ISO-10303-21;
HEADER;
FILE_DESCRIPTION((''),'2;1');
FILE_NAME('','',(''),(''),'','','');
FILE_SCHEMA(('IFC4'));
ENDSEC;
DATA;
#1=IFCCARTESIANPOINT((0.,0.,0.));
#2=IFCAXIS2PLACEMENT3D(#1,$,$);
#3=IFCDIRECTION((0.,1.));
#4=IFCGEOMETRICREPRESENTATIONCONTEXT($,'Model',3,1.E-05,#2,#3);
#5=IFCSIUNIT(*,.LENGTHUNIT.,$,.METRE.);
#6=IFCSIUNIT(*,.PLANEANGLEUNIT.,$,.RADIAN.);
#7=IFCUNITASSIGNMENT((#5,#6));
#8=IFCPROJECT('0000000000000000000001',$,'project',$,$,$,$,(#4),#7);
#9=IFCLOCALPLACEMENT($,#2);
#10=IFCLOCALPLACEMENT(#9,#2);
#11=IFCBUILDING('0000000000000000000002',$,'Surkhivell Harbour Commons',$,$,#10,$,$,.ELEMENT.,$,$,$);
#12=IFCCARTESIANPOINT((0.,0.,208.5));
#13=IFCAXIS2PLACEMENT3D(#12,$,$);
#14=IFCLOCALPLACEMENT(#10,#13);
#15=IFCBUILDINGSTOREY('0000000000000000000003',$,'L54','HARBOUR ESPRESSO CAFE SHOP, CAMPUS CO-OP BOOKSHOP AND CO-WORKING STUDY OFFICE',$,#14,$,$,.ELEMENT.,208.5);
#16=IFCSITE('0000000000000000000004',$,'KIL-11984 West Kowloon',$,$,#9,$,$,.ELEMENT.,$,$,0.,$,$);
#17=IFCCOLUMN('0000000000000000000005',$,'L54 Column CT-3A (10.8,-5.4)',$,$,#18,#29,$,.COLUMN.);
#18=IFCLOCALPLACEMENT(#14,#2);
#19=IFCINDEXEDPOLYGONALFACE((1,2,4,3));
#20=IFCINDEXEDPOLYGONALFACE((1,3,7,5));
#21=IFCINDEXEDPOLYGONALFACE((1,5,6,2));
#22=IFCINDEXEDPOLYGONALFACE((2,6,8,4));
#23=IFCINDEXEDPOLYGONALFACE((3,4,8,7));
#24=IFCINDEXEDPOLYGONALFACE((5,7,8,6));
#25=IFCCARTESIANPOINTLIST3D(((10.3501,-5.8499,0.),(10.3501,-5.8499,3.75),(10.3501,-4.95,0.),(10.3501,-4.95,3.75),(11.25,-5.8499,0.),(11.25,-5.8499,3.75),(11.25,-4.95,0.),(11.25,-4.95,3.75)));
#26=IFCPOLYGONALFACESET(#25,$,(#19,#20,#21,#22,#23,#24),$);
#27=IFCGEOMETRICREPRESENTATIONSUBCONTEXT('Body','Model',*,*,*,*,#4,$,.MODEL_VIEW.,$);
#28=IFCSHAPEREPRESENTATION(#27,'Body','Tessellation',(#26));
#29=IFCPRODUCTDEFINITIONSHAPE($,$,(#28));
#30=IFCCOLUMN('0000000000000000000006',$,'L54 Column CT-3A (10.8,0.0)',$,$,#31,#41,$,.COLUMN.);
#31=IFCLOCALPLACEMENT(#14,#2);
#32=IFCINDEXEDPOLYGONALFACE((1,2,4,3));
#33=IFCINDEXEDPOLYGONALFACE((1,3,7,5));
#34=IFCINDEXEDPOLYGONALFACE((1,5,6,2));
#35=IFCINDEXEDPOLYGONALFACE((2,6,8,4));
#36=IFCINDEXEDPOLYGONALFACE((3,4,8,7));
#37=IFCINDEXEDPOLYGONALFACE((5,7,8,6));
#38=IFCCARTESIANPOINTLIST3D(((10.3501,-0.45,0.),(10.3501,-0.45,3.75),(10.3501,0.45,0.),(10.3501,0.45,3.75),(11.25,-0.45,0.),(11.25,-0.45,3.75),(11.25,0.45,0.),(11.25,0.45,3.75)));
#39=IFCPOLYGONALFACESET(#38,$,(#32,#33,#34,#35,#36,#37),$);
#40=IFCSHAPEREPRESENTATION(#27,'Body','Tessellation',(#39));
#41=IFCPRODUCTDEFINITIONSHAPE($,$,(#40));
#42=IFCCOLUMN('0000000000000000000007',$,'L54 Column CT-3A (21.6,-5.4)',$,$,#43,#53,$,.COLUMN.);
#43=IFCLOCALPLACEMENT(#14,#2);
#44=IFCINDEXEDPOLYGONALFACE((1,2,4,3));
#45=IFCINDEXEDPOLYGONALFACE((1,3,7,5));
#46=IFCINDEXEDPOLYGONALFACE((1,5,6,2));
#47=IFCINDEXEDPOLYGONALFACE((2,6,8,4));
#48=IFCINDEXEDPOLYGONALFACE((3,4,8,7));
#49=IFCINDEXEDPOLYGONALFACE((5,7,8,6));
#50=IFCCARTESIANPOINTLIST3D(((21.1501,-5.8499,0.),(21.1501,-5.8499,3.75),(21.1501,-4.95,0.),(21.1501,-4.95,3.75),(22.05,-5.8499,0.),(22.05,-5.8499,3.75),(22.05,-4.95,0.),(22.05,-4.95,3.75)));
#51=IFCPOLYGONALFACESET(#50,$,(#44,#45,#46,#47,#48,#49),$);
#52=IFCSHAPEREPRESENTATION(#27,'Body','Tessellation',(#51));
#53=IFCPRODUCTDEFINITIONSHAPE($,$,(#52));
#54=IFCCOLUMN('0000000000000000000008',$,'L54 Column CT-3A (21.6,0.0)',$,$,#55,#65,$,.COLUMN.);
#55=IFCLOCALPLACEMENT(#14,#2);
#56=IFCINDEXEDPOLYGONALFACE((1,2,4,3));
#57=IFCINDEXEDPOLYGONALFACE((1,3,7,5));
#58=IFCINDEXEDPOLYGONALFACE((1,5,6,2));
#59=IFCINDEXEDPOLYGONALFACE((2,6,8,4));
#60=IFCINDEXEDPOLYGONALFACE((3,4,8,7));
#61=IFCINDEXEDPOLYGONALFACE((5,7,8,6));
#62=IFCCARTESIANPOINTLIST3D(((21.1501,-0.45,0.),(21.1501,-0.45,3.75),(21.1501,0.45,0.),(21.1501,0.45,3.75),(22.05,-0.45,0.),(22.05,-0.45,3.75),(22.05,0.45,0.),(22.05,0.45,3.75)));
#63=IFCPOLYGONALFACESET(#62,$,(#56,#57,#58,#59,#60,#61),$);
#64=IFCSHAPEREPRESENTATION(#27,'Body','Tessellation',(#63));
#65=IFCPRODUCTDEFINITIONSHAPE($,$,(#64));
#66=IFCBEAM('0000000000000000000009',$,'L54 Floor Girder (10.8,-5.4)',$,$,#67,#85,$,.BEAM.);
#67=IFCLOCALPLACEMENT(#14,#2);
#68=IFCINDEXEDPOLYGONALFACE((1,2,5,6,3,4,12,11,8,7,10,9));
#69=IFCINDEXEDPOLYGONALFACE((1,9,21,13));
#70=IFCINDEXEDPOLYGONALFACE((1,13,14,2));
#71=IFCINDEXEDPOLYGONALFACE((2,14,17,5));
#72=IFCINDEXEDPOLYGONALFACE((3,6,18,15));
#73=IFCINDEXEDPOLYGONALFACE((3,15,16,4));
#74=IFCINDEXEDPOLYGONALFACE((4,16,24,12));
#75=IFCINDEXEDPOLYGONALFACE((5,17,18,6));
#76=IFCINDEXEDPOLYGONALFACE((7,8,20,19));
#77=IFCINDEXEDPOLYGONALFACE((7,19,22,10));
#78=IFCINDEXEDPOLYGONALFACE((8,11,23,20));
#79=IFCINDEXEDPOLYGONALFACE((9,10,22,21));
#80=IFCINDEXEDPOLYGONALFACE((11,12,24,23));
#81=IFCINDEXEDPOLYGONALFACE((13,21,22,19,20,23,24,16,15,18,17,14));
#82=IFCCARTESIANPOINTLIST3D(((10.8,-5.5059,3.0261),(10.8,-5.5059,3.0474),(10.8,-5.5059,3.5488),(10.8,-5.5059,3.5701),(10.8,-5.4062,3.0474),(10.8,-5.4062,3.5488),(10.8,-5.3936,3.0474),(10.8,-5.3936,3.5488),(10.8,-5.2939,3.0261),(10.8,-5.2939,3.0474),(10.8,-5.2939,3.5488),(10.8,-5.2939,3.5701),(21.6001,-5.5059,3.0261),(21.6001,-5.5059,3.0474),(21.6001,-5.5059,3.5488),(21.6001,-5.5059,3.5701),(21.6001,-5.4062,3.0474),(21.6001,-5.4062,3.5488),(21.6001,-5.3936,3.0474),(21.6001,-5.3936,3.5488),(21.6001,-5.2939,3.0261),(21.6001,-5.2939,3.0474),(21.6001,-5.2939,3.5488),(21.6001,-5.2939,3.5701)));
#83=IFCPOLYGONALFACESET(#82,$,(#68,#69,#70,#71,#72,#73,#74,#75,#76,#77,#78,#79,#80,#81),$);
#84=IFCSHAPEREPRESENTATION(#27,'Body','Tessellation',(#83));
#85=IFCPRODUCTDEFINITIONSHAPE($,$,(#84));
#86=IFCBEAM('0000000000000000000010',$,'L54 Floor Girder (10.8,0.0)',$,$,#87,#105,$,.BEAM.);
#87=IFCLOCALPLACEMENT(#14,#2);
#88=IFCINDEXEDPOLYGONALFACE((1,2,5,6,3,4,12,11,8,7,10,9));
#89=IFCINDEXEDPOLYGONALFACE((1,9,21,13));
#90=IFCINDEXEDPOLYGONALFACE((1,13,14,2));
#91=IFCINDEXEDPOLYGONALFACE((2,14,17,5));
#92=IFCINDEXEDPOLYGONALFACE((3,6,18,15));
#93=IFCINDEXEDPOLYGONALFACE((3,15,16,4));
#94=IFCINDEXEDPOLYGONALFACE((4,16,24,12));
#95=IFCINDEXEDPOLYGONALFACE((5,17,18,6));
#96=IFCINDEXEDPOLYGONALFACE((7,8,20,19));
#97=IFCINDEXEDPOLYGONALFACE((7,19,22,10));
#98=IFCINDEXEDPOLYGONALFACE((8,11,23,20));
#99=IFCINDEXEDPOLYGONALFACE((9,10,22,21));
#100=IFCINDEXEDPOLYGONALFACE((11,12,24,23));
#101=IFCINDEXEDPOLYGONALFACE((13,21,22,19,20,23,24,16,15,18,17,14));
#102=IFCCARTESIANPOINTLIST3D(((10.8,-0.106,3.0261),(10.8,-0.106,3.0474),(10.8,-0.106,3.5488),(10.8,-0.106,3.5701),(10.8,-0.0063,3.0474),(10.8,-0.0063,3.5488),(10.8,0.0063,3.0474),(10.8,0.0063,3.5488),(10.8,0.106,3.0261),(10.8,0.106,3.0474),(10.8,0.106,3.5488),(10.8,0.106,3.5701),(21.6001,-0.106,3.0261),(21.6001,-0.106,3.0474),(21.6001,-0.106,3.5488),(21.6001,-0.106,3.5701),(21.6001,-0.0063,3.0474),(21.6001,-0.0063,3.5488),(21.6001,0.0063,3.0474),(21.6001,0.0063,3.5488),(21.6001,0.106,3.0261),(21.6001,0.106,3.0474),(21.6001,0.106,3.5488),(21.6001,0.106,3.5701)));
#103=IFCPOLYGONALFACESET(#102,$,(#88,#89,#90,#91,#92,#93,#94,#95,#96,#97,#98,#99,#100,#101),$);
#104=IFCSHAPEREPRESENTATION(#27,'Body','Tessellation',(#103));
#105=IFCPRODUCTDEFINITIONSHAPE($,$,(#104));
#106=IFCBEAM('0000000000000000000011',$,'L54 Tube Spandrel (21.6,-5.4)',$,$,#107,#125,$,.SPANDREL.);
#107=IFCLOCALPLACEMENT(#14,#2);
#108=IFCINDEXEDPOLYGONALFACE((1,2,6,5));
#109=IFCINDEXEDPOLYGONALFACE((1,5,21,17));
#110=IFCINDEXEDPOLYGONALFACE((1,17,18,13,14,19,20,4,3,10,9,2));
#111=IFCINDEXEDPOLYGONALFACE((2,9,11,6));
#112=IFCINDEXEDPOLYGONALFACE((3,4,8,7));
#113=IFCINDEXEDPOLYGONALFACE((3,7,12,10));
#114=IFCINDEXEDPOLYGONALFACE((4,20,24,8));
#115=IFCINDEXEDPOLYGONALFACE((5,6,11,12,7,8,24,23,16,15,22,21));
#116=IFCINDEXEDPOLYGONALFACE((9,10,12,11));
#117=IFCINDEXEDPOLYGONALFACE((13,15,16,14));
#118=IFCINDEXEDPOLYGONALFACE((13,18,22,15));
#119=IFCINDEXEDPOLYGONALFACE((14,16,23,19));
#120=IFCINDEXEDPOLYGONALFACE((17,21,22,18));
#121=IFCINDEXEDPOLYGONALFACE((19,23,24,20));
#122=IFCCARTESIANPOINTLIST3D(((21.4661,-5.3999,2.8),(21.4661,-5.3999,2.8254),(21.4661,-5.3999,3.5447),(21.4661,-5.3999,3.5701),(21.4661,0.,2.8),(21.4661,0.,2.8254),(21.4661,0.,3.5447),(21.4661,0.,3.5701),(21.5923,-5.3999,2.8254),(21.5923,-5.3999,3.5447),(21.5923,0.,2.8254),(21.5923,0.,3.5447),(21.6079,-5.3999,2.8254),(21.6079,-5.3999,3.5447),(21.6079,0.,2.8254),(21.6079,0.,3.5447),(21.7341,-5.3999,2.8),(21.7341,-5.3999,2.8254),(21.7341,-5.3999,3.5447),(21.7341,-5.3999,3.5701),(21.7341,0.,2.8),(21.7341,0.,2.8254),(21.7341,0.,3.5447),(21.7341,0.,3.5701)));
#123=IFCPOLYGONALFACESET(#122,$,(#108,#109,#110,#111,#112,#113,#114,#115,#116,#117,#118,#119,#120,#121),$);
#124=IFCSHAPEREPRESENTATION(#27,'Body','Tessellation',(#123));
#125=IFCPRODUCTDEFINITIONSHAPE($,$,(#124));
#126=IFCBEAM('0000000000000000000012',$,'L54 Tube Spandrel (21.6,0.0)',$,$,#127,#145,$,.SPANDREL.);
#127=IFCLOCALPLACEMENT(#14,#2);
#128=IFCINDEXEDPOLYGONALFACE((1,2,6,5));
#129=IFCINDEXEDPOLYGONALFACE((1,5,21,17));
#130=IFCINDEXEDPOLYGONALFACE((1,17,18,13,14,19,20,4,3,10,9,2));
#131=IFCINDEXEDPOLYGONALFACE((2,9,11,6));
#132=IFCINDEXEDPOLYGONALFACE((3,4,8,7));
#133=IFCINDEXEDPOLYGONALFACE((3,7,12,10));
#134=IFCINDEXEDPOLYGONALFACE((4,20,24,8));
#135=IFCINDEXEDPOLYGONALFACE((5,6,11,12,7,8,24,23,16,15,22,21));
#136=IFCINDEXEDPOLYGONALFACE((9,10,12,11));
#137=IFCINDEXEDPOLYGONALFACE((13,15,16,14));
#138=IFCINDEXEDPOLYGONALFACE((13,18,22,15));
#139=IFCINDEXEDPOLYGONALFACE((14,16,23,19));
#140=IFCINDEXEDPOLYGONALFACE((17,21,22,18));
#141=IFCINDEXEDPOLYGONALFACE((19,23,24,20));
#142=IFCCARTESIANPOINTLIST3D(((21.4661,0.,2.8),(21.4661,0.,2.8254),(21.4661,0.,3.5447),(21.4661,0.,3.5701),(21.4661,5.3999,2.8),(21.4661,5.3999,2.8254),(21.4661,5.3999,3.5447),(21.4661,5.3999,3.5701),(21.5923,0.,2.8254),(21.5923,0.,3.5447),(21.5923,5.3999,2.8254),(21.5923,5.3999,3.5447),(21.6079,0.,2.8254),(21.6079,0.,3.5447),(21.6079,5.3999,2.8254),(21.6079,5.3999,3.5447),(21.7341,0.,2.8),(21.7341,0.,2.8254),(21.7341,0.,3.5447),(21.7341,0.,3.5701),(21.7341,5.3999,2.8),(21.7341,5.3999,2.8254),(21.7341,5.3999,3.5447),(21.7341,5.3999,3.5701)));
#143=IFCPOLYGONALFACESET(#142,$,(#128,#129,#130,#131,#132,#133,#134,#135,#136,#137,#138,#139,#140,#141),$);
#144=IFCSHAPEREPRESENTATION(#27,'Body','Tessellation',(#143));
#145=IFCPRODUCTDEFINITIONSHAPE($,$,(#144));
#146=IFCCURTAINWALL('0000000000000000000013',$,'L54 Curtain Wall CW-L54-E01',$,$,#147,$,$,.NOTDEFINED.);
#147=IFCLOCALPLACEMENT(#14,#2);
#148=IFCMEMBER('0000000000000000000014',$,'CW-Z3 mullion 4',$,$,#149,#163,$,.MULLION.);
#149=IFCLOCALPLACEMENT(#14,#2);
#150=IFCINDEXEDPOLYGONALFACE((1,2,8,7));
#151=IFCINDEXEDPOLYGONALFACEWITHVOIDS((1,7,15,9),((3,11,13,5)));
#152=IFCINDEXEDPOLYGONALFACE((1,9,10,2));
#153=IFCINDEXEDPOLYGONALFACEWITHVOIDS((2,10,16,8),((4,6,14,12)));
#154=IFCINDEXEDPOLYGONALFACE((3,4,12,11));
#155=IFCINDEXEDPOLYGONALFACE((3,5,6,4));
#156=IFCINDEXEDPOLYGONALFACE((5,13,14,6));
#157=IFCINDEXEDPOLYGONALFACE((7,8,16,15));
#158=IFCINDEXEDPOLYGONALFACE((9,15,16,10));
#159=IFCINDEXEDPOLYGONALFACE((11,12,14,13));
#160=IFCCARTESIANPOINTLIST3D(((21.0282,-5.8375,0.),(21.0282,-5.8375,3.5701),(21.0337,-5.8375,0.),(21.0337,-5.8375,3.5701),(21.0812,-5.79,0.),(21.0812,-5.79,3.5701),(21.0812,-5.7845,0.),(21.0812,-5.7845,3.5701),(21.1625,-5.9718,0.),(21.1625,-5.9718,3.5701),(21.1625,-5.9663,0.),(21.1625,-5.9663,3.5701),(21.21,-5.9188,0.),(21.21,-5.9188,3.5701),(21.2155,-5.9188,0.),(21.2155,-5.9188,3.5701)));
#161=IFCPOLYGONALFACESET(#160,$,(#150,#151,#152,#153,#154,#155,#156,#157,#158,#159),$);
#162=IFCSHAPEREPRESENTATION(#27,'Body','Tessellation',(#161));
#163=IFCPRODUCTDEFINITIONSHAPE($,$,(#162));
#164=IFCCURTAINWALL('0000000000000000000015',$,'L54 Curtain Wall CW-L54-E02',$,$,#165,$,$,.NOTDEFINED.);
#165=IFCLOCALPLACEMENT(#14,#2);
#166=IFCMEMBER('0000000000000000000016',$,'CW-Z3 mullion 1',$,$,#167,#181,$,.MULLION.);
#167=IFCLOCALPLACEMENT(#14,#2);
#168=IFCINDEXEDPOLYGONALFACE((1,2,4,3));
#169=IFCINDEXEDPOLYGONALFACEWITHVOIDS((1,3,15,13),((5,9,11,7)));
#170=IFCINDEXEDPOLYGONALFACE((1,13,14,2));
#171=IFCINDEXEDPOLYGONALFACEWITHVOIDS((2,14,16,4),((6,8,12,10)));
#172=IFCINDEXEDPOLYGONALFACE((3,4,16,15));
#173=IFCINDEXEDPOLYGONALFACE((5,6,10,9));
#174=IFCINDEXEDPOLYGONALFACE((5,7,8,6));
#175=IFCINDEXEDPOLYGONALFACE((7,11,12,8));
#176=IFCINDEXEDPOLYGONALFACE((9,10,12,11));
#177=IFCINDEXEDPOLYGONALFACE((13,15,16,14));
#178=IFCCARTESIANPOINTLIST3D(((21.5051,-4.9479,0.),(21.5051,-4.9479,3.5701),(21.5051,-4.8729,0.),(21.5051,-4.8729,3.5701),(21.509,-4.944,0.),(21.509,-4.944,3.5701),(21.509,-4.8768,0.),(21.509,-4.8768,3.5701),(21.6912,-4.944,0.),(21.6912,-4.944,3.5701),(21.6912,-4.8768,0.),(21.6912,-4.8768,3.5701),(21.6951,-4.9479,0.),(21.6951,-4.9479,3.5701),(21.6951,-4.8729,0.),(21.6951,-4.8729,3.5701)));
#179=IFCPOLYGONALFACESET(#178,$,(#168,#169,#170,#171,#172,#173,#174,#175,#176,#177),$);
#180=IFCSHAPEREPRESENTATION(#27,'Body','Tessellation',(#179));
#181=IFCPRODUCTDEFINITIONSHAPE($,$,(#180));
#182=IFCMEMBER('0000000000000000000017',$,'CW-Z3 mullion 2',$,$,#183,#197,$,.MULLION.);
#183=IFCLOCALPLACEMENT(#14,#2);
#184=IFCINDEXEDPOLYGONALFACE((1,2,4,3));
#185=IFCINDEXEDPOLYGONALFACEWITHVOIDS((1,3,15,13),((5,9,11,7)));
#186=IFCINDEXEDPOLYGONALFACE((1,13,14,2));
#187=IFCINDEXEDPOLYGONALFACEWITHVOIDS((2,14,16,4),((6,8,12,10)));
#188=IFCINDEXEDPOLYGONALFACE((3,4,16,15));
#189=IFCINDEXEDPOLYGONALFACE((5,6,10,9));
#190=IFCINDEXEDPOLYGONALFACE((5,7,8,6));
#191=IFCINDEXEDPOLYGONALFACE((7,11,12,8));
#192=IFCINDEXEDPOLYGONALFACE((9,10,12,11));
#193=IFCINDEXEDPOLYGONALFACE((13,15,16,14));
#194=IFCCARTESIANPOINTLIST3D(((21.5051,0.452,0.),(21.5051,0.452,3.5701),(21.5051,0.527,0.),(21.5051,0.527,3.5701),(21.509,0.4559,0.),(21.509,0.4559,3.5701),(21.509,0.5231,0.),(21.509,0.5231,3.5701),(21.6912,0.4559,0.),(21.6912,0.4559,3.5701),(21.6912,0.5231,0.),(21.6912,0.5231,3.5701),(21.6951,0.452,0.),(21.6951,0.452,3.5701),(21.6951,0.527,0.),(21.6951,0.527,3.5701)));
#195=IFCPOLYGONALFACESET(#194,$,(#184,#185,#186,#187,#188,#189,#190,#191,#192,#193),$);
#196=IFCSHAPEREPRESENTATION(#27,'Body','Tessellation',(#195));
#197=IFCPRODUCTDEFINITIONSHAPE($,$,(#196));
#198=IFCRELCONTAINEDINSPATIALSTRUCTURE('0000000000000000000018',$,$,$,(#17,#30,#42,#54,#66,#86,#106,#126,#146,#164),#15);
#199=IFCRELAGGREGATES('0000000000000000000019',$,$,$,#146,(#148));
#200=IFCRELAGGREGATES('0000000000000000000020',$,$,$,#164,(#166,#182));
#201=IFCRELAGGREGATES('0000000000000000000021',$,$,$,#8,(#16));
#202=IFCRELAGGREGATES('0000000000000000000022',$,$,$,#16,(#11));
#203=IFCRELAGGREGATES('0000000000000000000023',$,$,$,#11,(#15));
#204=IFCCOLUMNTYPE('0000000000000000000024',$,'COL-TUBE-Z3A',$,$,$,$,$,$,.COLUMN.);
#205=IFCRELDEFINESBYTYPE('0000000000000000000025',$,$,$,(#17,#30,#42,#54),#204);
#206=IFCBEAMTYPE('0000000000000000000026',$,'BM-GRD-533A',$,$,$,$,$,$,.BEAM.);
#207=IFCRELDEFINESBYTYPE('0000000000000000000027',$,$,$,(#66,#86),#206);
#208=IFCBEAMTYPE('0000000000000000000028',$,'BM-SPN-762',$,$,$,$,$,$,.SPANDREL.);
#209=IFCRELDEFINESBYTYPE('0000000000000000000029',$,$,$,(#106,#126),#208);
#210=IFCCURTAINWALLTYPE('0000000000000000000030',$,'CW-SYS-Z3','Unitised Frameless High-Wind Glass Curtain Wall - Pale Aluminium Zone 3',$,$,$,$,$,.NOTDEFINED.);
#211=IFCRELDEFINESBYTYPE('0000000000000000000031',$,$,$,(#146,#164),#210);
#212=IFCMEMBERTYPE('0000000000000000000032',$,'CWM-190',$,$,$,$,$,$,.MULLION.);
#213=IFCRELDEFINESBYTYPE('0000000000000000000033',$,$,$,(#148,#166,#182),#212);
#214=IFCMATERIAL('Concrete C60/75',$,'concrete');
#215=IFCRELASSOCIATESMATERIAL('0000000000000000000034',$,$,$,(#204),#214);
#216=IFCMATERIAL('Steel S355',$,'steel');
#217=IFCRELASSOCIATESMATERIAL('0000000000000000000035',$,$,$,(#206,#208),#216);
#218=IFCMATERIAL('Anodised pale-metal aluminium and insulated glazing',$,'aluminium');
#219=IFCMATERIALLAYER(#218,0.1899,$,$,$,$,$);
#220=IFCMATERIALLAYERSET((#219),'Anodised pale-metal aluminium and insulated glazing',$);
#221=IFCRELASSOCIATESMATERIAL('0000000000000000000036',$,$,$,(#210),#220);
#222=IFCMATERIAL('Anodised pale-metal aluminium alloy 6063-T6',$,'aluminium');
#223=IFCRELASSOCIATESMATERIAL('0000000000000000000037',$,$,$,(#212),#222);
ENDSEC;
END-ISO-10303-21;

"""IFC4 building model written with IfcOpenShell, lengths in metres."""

from ifc_helpers import new_model, si_unit, direction, frame, origin, origin_2d, place, context, subcontext, project, spatial, rectangle, hollow_rectangle, i_section, extrude, material, layer, layer_set, material_profile, profile_set, type_object, element, aggregate, save


model = new_model("IFC4")

# Units and contexts
model_context = context("Model", 3, precision=1e-05, world=origin(), true_north=direction((0.0, 1.0)))
body_context = subcontext(model_context, "Body", "Model", "MODEL_VIEW")
ifc_project = project(units=[si_unit("LENGTHUNIT", "METRE"), si_unit("PLANEANGLEUNIT", "RADIAN")], contexts=[model_context])

# Site, building, storey
site_placement = place(None, origin())
site = spatial("IfcSite", under=ifc_project, at=site_placement, Name="KIL-11984 West Kowloon", CompositionType="ELEMENT", RefElevation=0.0)
building_placement = place(site_placement, origin())
building = spatial("IfcBuilding", under=site, at=building_placement, Name="Surkhivell Harbour Commons", CompositionType="ELEMENT")
storey_placement = place(building_placement, frame((0.0, 0.0, 208.5)))
storey = spatial("IfcBuildingStorey", under=building, at=storey_placement, Name="L54", Description="HARBOUR ESPRESSO CAFE SHOP, CAMPUS CO-OP BOOKSHOP AND CO-WORKING STUDY OFFICE", CompositionType="ELEMENT", Elevation=208.5)

# Columns
ifc_material_1 = material(Name="Concrete C60/75", Category="concrete")
ifc_material_profile_1 = material_profile(ifc_material_1, rectangle(XDim=0.8999, YDim=0.8999, at=origin_2d()), Name="RC-COL-900x900")
ifc_profile_set_1 = profile_set([ifc_material_profile_1], Name="Concrete C60/75")
column_type = type_object("IfcColumnType", Name="COL-TUBE-Z3A", PredefinedType="COLUMN", material=ifc_profile_set_1)
for number, where, z_axis, x_axis, name in (
    (1, (10.8, -5.3999, 0.0), (0.0, 0.0, 1.0), (1.0, 0.0, 0.0), "L54 Column CT-3A (10.8,-5.4)"),
    (2, (10.8, 0.0, 0.0), (0.0, 0.0, 1.0), (1.0, 0.0, 0.0), "L54 Column CT-3A (10.8,0.0)"),
    (3, (21.6001, -5.3999, 0.0), (0.0, 0.0, 1.0), (1.0, 0.0, 0.0), "L54 Column CT-3A (21.6,-5.4)"),
    (4, (21.6001, 0.0, 0.0), (0.0, 0.0, 1.0), (1.0, 0.0, 0.0), "L54 Column CT-3A (21.6,0.0)"),
):
    element("IfcColumn", number, at=place(storey_placement, frame(where, z_axis=z_axis, x_axis=x_axis)), inside=storey, type_object=column_type, Name=name, PredefinedType="COLUMN", context=body_context, shape_type="SweptSolid", body=[
        extrude(rectangle(XDim=0.8999, YDim=0.8999, at=origin_2d()), origin(), (0.0, 0.0, 1.0), 3.75),
    ])

# Beams
ifc_material_2 = material(Name="Steel S355", Category="steel")
ifc_material_profile_2 = material_profile(ifc_material_2, i_section(OverallWidth=0.2119, OverallDepth=0.5439, WebThickness=0.0127, FlangeThickness=0.0212, at=origin_2d()), Name="UB533x210x122")
ifc_profile_set_2 = profile_set([ifc_material_profile_2], Name="Steel S355")
beam_type_1 = type_object("IfcBeamType", Name="BM-GRD-533A", PredefinedType="BEAM", material=ifc_profile_set_2)
for number, where, z_axis, x_axis, name in (
    (5, (10.8, -5.3999, 3.2981), (1.0, 0.0, 0.0), (0.0, 1.0, 0.0), "L54 Floor Girder (10.8,-5.4)"),
    (6, (10.8, 0.0, 3.2981), (1.0, 0.0, 0.0), (0.0, 1.0, 0.0), "L54 Floor Girder (10.8,0.0)"),
):
    element("IfcBeam", number, at=place(storey_placement, frame(where, z_axis=z_axis, x_axis=x_axis)), inside=storey, type_object=beam_type_1, Name=name, PredefinedType="BEAM", context=body_context, shape_type="SweptSolid", body=[
        extrude(i_section(OverallWidth=0.2119, OverallDepth=0.5439, WebThickness=0.0127, FlangeThickness=0.0212, at=origin_2d()), origin(), (0.0, 0.0, 1.0), 10.8),
    ])
ifc_material_profile_3 = material_profile(ifc_material_2, i_section(OverallWidth=0.2681, OverallDepth=0.77, WebThickness=0.0156, FlangeThickness=0.0254, at=origin_2d()), Name="UB762x267x197")
ifc_profile_set_3 = profile_set([ifc_material_profile_3], Name="Steel S355")
beam_type_2 = type_object("IfcBeamType", Name="BM-SPN-762", PredefinedType="SPANDREL", material=ifc_profile_set_3)
for number, where, z_axis, x_axis, name in (
    (7, (21.6001, -5.3999, 3.1851), (0.0, 1.0, 0.0), (-1.0, 0.0, 0.0), "L54 Tube Spandrel (21.6,-5.4)"),
    (8, (21.6001, 0.0, 3.1851), (0.0, 1.0, 0.0), (-1.0, 0.0, 0.0), "L54 Tube Spandrel (21.6,0.0)"),
):
    element("IfcBeam", number, at=place(storey_placement, frame(where, z_axis=z_axis, x_axis=x_axis)), inside=storey, type_object=beam_type_2, Name=name, PredefinedType="SPANDREL", context=body_context, shape_type="SweptSolid", body=[
        extrude(i_section(OverallWidth=0.2681, OverallDepth=0.77, WebThickness=0.0156, FlangeThickness=0.0254, at=origin_2d()), origin(), (0.0, 0.0, 1.0), 5.3999),
    ])

# Curtain wall, member
ifc_material_3 = material(Name="Anodised pale-metal aluminium and insulated glazing", Category="aluminium")
ifc_layer_1 = layer(ifc_material_3, 0.1899)
ifc_layer_set_1 = layer_set([ifc_layer_1], Name="Anodised pale-metal aluminium and insulated glazing")
curtain_wall_type = type_object("IfcCurtainWallType", Name="CW-SYS-Z3", Description="Unitised Frameless High-Wind Glass Curtain Wall - Pale Aluminium Zone 3", PredefinedType="NOTDEFINED", material=ifc_layer_set_1)
curtain_wall_1_placement = place(storey_placement, origin())
curtain_wall_1 = element("IfcCurtainWall", 9, at=curtain_wall_1_placement, inside=storey, type_object=curtain_wall_type, Name="L54 Curtain Wall CW-L54-E01", PredefinedType="NOTDEFINED")
ifc_material_4 = material(Name="Anodised pale-metal aluminium alloy 6063-T6", Category="aluminium")
ifc_material_profile_4 = material_profile(ifc_material_4, hollow_rectangle(XDim=0.075, YDim=0.1899, WallThickness=0.0039, at=origin_2d()), Name="ALU-MULL-75x190")
ifc_profile_set_4 = profile_set([ifc_material_profile_4], Name="Anodised pale-metal aluminium alloy 6063-T6")
member_type_1 = type_object("IfcMemberType", Name="CWM-190", PredefinedType="MULLION", material=ifc_profile_set_4)
member_1_placement = place(storey_placement, frame((21.1218, -5.8782, 0.0), z_axis=(0.0, 0.0, 1.0), x_axis=(0.707107, 0.707107, 0.0)))
member_1 = element("IfcMember", 10, at=member_1_placement, type_object=member_type_1, Name="CW-Z3 mullion 4", PredefinedType="MULLION", context=body_context, shape_type="SweptSolid", body=[
    extrude(hollow_rectangle(XDim=0.075, YDim=0.1899, WallThickness=0.0039, at=origin_2d()), origin(), (0.0, 0.0, 1.0), 3.5701),
])
aggregate(curtain_wall_1, [member_1])

# Curtain wall, members
curtain_wall_2_placement = place(storey_placement, origin())
curtain_wall_2 = element("IfcCurtainWall", 11, at=curtain_wall_2_placement, inside=storey, type_object=curtain_wall_type, Name="L54 Curtain Wall CW-L54-E02", PredefinedType="NOTDEFINED")
member_2_placement = place(storey_placement, frame((21.6001, -4.9104, 0.0), z_axis=(0.0, 0.0, 1.0), x_axis=(0.0, 1.0, 0.0)))
member_2 = element("IfcMember", 12, at=member_2_placement, type_object=member_type_1, Name="CW-Z3 mullion 1", PredefinedType="MULLION", context=body_context, shape_type="SweptSolid", body=[
    extrude(hollow_rectangle(XDim=0.075, YDim=0.1899, WallThickness=0.0039, at=origin_2d()), origin(), (0.0, 0.0, 1.0), 3.5701),
])
member_3_placement = place(storey_placement, frame((21.6001, 0.4895, 0.0), z_axis=(0.0, 0.0, 1.0), x_axis=(0.0, 1.0, 0.0)))
member_3 = element("IfcMember", 13, at=member_3_placement, type_object=member_type_1, Name="CW-Z3 mullion 2", PredefinedType="MULLION", context=body_context, shape_type="SweptSolid", body=[
    extrude(hollow_rectangle(XDim=0.075, YDim=0.1899, WallThickness=0.0039, at=origin_2d()), origin(), (0.0, 0.0, 1.0), 3.5701),
])
aggregate(curtain_wall_2, [member_2, member_3])

save(model, "model.ifc")
